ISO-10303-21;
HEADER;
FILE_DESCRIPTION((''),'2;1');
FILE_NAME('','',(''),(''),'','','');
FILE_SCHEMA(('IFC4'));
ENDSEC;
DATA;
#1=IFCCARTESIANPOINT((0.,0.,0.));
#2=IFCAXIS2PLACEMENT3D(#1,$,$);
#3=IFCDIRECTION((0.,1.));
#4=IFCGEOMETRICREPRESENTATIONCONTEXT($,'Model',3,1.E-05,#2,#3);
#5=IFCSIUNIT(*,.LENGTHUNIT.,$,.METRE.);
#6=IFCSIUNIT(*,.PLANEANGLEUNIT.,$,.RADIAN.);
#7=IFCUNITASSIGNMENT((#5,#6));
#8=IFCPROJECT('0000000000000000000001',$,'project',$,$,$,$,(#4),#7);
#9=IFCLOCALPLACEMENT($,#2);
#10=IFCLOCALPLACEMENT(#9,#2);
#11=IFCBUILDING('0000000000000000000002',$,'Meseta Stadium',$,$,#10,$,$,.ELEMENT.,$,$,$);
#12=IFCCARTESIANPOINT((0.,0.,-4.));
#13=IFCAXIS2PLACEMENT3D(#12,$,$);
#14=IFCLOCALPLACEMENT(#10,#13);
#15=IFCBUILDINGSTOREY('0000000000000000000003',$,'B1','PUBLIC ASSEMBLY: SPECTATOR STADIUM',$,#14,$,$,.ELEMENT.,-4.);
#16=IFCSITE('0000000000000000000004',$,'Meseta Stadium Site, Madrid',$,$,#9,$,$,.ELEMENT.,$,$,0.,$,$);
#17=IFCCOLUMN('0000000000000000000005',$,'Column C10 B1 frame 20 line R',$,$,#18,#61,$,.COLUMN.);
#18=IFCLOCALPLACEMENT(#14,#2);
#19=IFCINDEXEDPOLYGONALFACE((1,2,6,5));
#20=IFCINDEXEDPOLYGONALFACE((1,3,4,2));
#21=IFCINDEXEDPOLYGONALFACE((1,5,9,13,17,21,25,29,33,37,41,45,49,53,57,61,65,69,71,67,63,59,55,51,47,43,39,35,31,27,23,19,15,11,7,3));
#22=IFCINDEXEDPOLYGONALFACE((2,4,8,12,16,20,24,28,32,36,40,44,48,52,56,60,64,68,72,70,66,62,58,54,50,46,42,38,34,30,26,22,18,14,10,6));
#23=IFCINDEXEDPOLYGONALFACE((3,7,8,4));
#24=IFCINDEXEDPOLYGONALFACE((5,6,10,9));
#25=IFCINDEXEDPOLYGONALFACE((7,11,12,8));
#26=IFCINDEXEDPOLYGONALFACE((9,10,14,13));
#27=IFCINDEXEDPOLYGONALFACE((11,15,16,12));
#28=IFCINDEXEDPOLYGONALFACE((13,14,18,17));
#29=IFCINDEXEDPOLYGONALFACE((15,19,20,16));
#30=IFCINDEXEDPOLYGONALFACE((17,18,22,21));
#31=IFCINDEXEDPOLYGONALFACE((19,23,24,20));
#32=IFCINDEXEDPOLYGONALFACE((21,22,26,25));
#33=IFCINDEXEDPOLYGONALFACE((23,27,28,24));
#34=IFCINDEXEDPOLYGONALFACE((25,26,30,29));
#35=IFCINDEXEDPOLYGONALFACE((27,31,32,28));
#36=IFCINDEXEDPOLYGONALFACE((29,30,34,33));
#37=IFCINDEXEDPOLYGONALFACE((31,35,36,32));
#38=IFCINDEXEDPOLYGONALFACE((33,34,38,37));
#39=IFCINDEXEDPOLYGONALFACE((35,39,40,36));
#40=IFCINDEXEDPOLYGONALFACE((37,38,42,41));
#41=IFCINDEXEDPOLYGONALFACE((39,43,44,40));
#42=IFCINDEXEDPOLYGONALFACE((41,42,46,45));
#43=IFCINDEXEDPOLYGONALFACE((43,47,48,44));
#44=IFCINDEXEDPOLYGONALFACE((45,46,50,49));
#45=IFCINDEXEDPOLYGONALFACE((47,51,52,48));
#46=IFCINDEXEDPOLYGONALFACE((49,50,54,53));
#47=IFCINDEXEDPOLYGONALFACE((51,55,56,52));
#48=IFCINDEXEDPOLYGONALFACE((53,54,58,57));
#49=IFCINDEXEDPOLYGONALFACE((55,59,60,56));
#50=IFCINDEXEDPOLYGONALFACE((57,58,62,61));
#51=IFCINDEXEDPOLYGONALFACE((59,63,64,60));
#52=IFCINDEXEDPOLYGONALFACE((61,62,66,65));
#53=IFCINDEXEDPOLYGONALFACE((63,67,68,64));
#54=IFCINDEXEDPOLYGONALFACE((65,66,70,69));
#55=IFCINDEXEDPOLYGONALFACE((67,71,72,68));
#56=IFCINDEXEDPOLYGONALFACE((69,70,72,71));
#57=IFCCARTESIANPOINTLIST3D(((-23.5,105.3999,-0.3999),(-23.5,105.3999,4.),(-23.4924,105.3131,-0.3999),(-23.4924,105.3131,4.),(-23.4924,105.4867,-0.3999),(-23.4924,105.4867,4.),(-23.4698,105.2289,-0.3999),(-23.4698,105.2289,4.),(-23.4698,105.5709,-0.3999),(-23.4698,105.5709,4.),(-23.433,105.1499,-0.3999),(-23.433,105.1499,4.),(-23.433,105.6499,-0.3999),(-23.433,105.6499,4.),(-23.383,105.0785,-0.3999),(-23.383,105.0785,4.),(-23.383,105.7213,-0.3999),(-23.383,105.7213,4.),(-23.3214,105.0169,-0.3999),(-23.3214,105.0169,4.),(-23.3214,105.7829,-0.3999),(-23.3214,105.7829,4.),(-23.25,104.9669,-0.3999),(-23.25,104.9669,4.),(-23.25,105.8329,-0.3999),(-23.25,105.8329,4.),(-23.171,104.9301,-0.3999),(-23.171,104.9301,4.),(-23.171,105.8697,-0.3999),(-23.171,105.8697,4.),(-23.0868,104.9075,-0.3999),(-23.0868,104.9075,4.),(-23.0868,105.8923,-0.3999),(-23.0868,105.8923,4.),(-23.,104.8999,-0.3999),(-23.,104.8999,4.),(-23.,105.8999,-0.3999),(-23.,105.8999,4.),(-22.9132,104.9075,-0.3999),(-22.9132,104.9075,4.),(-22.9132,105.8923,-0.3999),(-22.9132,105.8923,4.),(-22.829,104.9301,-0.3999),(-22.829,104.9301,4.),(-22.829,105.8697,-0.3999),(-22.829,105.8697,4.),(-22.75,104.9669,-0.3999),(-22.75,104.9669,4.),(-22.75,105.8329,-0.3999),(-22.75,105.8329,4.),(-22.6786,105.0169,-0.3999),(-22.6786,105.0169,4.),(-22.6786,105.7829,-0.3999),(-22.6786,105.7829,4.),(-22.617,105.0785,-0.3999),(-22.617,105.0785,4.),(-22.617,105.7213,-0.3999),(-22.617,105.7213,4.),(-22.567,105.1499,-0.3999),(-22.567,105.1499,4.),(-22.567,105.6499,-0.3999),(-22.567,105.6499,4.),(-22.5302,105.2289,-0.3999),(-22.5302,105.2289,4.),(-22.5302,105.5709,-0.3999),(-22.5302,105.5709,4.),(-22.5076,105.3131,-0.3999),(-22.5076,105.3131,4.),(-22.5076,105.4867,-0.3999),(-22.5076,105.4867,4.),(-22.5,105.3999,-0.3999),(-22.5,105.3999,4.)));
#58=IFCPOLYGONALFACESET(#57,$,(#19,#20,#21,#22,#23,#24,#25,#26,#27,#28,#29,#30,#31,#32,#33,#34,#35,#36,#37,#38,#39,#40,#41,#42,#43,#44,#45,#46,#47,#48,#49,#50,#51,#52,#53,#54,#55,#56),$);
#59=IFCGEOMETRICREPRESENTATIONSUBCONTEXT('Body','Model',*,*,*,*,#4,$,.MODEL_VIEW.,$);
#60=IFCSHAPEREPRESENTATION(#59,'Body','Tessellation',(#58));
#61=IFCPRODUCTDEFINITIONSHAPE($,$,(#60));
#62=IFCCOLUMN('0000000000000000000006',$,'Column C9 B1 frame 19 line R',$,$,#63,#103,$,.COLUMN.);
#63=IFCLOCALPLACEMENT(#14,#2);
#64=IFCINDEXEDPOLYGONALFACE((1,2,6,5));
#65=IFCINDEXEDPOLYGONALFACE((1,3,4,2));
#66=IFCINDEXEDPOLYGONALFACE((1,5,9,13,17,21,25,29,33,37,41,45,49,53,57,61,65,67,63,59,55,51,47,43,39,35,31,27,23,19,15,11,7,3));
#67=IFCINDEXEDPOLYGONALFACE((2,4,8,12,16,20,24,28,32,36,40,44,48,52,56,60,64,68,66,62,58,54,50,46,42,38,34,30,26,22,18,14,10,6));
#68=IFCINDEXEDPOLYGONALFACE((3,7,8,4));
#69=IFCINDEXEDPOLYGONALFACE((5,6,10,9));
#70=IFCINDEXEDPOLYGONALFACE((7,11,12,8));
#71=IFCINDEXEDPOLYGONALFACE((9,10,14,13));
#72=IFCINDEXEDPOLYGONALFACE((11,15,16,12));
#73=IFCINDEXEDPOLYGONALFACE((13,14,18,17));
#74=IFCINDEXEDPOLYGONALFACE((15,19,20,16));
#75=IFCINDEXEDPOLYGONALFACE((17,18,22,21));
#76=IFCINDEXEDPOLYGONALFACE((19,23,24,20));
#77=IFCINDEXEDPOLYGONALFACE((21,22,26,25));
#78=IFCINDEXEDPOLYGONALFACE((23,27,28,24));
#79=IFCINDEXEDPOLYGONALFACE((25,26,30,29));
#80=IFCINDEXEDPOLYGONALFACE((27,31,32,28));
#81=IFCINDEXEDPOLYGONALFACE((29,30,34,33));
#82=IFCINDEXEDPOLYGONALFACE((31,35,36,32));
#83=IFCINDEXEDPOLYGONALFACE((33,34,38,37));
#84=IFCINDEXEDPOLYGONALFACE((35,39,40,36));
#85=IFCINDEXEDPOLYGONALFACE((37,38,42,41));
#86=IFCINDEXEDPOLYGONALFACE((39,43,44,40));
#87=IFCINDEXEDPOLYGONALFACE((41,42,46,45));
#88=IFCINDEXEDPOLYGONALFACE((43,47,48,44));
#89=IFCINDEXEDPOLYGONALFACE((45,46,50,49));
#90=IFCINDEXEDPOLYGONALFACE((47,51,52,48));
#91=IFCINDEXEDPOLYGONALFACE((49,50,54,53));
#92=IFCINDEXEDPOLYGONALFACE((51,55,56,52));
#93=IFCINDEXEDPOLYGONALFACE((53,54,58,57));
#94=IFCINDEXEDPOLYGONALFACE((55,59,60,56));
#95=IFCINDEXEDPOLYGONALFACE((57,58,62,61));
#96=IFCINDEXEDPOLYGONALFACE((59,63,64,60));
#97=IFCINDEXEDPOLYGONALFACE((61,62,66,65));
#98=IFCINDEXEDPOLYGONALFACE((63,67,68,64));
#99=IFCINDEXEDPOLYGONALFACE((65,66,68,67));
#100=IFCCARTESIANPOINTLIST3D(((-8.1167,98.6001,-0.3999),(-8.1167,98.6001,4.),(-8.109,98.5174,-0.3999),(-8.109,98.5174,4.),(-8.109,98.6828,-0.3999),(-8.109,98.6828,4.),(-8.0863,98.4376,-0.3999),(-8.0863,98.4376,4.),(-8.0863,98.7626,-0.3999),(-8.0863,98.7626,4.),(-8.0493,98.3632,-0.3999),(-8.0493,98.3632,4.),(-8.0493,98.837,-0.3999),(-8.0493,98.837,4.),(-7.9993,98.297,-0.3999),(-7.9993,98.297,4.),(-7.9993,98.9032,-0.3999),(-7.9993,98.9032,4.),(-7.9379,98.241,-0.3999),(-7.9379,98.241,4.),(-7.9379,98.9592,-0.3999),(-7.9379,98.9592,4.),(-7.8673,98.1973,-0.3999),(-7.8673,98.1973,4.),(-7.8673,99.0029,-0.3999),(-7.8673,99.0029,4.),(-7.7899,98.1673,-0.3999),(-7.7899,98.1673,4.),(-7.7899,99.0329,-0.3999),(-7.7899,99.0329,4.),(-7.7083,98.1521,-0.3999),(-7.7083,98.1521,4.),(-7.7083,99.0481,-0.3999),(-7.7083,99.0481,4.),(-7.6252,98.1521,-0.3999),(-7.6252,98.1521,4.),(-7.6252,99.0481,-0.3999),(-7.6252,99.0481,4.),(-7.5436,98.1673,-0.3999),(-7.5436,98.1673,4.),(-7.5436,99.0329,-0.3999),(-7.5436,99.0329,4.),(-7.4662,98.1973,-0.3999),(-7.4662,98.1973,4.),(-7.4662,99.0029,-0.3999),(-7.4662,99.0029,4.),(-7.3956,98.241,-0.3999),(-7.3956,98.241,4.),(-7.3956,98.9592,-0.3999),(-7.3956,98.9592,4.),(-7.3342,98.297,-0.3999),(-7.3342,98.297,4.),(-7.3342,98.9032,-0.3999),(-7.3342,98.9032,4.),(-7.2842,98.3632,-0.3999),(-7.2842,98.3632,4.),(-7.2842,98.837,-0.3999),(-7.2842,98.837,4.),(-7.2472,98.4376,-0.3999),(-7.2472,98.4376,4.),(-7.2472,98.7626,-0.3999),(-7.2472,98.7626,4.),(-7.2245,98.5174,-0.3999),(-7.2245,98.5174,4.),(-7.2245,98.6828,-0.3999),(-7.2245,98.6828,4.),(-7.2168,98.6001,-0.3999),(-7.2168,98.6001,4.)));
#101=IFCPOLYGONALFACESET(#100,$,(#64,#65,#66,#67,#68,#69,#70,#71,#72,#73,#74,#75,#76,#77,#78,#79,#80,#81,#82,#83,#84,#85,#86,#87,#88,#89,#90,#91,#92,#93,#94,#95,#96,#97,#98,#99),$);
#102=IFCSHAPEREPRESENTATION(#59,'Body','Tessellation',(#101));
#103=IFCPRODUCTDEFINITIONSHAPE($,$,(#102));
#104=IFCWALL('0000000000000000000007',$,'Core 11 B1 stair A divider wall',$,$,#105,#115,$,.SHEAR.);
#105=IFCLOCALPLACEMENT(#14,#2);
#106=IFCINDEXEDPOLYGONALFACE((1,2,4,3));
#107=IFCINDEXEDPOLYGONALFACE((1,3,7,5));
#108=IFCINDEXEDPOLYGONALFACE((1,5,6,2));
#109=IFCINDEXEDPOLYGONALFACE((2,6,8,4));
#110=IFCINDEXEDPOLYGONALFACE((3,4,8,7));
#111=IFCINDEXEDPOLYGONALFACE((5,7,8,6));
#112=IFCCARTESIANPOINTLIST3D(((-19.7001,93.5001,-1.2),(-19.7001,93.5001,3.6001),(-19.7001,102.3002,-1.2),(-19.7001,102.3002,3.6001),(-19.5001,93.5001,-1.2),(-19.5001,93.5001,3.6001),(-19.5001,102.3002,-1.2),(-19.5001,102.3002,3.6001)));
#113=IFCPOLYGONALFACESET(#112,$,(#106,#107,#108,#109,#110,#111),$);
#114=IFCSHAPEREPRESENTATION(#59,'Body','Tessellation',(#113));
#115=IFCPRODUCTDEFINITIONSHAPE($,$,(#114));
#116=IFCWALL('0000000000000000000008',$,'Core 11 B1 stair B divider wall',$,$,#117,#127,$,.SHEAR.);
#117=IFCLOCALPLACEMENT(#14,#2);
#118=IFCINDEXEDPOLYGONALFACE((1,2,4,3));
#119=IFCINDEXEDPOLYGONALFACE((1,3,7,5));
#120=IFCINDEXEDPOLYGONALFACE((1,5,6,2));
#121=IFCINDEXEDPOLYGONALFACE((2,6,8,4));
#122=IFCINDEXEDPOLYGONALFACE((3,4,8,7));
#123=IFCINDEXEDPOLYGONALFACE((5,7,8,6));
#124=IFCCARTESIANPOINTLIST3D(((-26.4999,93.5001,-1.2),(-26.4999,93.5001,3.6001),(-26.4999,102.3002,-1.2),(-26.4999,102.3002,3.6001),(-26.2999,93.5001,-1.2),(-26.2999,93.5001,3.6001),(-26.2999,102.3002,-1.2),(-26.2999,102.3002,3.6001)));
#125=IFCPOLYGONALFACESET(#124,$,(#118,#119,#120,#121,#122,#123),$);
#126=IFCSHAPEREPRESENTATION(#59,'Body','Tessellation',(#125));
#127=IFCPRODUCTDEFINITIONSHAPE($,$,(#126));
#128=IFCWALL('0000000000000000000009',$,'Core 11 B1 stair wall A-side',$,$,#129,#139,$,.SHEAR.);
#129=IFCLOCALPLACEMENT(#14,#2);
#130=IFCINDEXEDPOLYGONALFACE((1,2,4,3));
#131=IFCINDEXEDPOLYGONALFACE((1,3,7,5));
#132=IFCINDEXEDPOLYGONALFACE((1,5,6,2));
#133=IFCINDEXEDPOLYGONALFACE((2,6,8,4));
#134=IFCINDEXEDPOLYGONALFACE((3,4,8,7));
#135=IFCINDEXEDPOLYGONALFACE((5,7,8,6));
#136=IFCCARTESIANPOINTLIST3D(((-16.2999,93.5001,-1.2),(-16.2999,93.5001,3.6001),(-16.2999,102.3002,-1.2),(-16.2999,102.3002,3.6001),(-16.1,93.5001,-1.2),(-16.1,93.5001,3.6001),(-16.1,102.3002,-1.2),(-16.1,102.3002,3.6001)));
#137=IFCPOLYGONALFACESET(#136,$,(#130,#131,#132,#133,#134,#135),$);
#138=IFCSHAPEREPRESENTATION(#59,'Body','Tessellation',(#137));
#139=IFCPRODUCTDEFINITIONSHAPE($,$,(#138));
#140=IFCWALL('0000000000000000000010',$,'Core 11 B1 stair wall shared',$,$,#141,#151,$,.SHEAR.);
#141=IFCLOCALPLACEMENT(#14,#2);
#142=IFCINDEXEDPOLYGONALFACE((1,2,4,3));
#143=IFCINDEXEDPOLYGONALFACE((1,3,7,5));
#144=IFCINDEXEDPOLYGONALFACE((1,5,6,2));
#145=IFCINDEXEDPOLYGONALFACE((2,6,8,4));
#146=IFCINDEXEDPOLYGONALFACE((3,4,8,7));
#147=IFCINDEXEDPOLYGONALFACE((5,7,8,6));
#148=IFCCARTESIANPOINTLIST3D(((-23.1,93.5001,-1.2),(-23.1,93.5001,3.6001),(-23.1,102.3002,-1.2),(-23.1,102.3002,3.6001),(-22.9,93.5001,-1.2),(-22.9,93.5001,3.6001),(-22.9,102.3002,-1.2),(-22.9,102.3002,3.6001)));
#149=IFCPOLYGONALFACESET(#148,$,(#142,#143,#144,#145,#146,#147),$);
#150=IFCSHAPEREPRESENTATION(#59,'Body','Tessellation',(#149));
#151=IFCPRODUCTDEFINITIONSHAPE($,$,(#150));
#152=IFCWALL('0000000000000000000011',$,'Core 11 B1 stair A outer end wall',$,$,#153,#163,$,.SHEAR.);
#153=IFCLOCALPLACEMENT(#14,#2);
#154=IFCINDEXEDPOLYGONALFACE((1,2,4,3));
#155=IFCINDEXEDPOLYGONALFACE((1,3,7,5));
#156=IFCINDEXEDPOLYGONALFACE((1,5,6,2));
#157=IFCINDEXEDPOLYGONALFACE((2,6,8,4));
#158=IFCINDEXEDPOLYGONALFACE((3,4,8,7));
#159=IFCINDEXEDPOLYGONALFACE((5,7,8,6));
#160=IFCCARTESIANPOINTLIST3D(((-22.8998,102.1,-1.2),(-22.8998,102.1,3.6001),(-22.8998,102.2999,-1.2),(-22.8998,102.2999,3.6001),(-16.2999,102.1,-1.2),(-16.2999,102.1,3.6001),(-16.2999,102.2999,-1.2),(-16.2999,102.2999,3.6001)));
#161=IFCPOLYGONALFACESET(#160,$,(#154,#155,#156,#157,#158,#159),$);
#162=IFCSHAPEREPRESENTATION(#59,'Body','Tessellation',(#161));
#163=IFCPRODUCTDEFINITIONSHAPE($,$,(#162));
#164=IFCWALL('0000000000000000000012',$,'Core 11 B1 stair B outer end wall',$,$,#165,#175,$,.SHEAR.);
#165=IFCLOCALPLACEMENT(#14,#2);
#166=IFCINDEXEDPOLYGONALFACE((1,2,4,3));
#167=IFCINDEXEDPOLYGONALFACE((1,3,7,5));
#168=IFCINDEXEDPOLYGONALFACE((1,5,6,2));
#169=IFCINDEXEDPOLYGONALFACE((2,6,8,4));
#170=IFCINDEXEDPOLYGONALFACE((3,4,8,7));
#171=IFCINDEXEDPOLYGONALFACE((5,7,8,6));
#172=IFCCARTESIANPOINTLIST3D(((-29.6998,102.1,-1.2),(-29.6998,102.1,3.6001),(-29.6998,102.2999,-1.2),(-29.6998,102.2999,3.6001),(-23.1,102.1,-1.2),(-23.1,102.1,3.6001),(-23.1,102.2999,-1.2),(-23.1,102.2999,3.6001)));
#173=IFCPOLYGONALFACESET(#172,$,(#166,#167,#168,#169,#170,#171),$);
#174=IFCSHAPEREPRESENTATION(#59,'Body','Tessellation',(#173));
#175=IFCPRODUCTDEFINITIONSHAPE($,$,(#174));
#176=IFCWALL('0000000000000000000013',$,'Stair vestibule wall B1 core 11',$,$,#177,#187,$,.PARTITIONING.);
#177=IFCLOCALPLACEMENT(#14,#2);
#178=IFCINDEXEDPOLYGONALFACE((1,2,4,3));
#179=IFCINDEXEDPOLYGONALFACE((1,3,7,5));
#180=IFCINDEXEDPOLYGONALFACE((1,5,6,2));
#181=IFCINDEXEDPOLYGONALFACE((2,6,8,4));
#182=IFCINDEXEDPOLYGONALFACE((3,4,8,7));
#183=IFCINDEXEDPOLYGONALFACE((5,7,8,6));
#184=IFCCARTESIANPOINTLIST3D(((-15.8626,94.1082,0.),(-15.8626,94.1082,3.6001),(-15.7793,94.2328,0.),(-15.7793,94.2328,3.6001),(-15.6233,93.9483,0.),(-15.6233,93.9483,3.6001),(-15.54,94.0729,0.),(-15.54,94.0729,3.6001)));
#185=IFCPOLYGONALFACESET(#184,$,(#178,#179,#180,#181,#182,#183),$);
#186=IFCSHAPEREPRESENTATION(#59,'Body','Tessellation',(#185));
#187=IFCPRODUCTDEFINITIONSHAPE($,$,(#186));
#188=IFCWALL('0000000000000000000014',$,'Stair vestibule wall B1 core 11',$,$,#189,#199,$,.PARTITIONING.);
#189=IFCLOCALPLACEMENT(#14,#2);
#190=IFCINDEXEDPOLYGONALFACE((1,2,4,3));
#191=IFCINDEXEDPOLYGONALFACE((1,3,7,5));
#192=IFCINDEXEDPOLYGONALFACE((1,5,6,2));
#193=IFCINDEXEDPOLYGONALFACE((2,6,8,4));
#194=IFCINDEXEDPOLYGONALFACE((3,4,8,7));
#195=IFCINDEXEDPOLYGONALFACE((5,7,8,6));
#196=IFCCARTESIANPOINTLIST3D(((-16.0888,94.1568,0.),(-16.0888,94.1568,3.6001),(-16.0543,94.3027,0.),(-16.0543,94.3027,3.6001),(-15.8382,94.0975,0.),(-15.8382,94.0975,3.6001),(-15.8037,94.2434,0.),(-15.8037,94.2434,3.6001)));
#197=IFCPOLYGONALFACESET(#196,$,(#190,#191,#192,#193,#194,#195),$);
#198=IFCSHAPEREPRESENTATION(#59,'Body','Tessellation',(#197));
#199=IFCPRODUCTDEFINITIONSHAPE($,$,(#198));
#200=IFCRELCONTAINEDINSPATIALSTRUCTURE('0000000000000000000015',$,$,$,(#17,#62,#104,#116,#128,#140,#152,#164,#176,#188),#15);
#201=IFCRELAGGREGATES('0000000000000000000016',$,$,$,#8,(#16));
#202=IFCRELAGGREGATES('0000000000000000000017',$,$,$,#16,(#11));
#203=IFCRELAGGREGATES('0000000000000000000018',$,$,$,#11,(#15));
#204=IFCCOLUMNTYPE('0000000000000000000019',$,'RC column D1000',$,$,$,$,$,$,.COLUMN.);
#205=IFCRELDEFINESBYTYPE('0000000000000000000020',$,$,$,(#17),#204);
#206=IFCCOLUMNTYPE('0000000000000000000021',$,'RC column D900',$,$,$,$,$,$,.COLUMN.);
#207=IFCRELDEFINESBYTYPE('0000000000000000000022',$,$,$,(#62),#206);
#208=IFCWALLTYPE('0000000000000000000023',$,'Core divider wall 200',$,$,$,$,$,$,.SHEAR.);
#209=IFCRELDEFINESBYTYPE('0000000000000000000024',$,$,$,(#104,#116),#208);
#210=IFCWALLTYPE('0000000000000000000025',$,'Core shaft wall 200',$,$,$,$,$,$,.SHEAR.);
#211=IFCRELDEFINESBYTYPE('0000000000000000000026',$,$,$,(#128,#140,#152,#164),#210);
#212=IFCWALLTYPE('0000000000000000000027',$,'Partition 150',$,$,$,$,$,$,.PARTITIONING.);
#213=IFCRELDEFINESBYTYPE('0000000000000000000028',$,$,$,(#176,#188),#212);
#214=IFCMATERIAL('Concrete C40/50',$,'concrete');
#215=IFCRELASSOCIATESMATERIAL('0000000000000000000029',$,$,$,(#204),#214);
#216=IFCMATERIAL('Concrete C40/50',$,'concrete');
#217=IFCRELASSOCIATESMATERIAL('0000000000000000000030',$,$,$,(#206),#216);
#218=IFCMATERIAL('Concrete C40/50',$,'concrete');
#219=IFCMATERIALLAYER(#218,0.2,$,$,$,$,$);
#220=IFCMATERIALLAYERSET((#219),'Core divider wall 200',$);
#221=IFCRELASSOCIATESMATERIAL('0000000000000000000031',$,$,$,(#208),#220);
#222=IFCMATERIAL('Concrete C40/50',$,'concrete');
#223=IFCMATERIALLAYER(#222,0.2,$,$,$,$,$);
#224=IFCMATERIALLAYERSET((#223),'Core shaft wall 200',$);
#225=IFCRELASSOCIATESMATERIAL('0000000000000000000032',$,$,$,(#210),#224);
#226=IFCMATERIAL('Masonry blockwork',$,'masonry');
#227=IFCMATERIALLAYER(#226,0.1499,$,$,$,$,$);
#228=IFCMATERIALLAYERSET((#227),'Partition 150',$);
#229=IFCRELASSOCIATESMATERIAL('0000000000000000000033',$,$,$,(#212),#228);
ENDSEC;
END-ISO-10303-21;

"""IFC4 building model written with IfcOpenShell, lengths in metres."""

from ifc_helpers import new_model, si_unit, direction, frame, frame_2d, origin, origin_2d, place, context, subcontext, project, spatial, rectangle, circle, extrude, material, layer, layer_set, material_profile, profile_set, type_object, element, save


model = new_model("IFC4")

# Units and contexts
model_context = context("Model", 3, precision=1e-05, world=origin(), true_north=direction((0.0, 1.0)))
body_context = subcontext(model_context, "Body", "Model", "MODEL_VIEW")
ifc_project = project(units=[si_unit("LENGTHUNIT", "METRE"), si_unit("PLANEANGLEUNIT", "RADIAN")], contexts=[model_context])

# Site, building, storey
site_placement = place(None, origin())
site = spatial("IfcSite", under=ifc_project, at=site_placement, Name="Meseta Stadium Site, Madrid", CompositionType="ELEMENT", RefElevation=0.0)
building_placement = place(site_placement, origin())
building = spatial("IfcBuilding", under=site, at=building_placement, Name="Meseta Stadium", CompositionType="ELEMENT")
storey_placement = place(building_placement, frame((0.0, 0.0, -4.0)))
storey = spatial("IfcBuildingStorey", under=building, at=storey_placement, Name="B1", Description="PUBLIC ASSEMBLY: SPECTATOR STADIUM", CompositionType="ELEMENT", Elevation=-4.0)

# Columns
ifc_material_1 = material(Name="Concrete C40/50", Category="concrete")
ifc_material_profile_1 = material_profile(ifc_material_1, circle(Radius=0.5, at=origin_2d()), Name="RC D1000")
ifc_profile_set_1 = profile_set([ifc_material_profile_1], Name="Concrete C40/50")
column_type_1 = type_object("IfcColumnType", Name="RC column D1000", PredefinedType="COLUMN", material=ifc_profile_set_1)
column_1_placement = place(storey_placement, frame((-23.0, 105.3999, -0.3999), z_axis=(0.0, 0.0, 1.0), x_axis=(1.0, 0.0, 0.0)))
element("IfcColumn", 1, at=column_1_placement, inside=storey, type_object=column_type_1, Name="Column C10 B1 frame 20 line R", PredefinedType="COLUMN", context=body_context, shape_type="SweptSolid", body=[
    extrude(circle(Radius=0.5, at=origin_2d()), origin(), (0.0, 0.0, 1.0), 4.3999),
])
ifc_material_2 = material(Name="Concrete C40/50", Category="concrete")
ifc_material_profile_2 = material_profile(ifc_material_2, circle(Radius=0.45, at=origin_2d()), Name="RC D900")
ifc_profile_set_2 = profile_set([ifc_material_profile_2], Name="Concrete C40/50")
column_type_2 = type_object("IfcColumnType", Name="RC column D900", PredefinedType="COLUMN", material=ifc_profile_set_2)
column_2_placement = place(storey_placement, frame((-7.6667, 98.6001, -0.3999), z_axis=(0.0, 0.0, 1.0), x_axis=(1.0, 0.0, 0.0)))
element("IfcColumn", 2, at=column_2_placement, inside=storey, type_object=column_type_2, Name="Column C9 B1 frame 19 line R", PredefinedType="COLUMN", context=body_context, shape_type="SweptSolid", body=[
    extrude(circle(Radius=0.45, at=origin_2d()), origin(), (0.0, 0.0, 1.0), 4.3999),
])

# Walls
ifc_material_3 = material(Name="Concrete C40/50", Category="concrete")
ifc_layer_1 = layer(ifc_material_3, 0.2)
ifc_layer_set_1 = layer_set([ifc_layer_1], Name="Core divider wall 200")
wall_type_1 = type_object("IfcWallType", Name="Core divider wall 200", PredefinedType="SHEAR", material=ifc_layer_set_1)
for number, where, z_axis, x_axis, name in (
    (3, (-19.6001, 102.3, -1.2), (0.0, 0.0, 1.0), (0.0, -1.0, 0.0), "Core 11 B1 stair A divider wall"),
    (4, (-26.3999, 102.3, -1.2), (0.0, 0.0, 1.0), (0.0, -1.0, 0.0), "Core 11 B1 stair B divider wall"),
):
    element("IfcWall", number, at=place(storey_placement, frame(where, z_axis=z_axis, x_axis=x_axis)), inside=storey, type_object=wall_type_1, Name=name, PredefinedType="SHEAR", context=body_context, shape_type="SweptSolid", body=[
        extrude(rectangle(XDim=8.8, YDim=0.2, at=frame_2d((4.3999, 0.0))), origin(), (0.0, 0.0, 1.0), 4.8),
    ])
ifc_material_4 = material(Name="Concrete C40/50", Category="concrete")
ifc_layer_2 = layer(ifc_material_4, 0.2)
ifc_layer_set_2 = layer_set([ifc_layer_2], Name="Core shaft wall 200")
wall_type_2 = type_object("IfcWallType", Name="Core shaft wall 200", PredefinedType="SHEAR", material=ifc_layer_set_2)
for number, where, z_axis, x_axis, name in (
    (5, (-16.2, 102.3, -1.2), (0.0, 0.0, 1.0), (0.0, -1.0, 0.0), "Core 11 B1 stair wall A-side"),
    (6, (-23.0, 102.3, -1.2), (0.0, 0.0, 1.0), (0.0, -1.0, 0.0), "Core 11 B1 stair wall shared"),
):
    element("IfcWall", number, at=place(storey_placement, frame(where, z_axis=z_axis, x_axis=x_axis)), inside=storey, type_object=wall_type_2, Name=name, PredefinedType="SHEAR", context=body_context, shape_type="SweptSolid", body=[
        extrude(rectangle(XDim=8.8, YDim=0.2, at=frame_2d((4.3999, 0.0))), origin(), (0.0, 0.0, 1.0), 4.8),
    ])
for number, where, z_axis, x_axis, name in (
    (7, (-16.3, 102.2, -1.2), (0.0, 0.0, 1.0), (-1.0, 0.0, 0.0), "Core 11 B1 stair A outer end wall"),
    (8, (-23.1001, 102.2, -1.2), (0.0, 0.0, 1.0), (-1.0, 0.0, 0.0), "Core 11 B1 stair B outer end wall"),
):
    element("IfcWall", number, at=place(storey_placement, frame(where, z_axis=z_axis, x_axis=x_axis)), inside=storey, type_object=wall_type_2, Name=name, PredefinedType="SHEAR", context=body_context, shape_type="SweptSolid", body=[
        extrude(rectangle(XDim=6.5999, YDim=0.2, at=frame_2d((3.2998, 0.0))), origin(), (0.0, 0.0, 1.0), 4.8),
    ])
ifc_material_5 = material(Name="Masonry blockwork", Category="masonry")
ifc_layer_3 = layer(ifc_material_5, 0.1499)
ifc_layer_set_3 = layer_set([ifc_layer_3], Name="Partition 150")
wall_type_3 = type_object("IfcWallType", Name="Partition 150", PredefinedType="PARTITIONING", material=ifc_layer_set_3)
wall_1_placement = place(storey_placement, frame((-15.5815, 94.0105, 0.0), z_axis=(0.0, 0.0, 1.0), x_axis=(-0.831397, 0.555679, 0.0)))
element("IfcWall", 9, at=wall_1_placement, inside=storey, type_object=wall_type_3, Name="Stair vestibule wall B1 core 11", PredefinedType="PARTITIONING", context=body_context, shape_type="SweptSolid", body=[
    extrude(rectangle(XDim=0.2878, YDim=0.1499, at=frame_2d((0.144, 0.0))), origin(), (0.0, 0.0, 1.0), 3.6001),
])
wall_2_placement = place(storey_placement, frame((-15.8208, 94.1704, 0.0), z_axis=(0.0, 0.0, 1.0), x_axis=(-0.973131, 0.230254, 0.0)))
element("IfcWall", 10, at=wall_2_placement, inside=storey, type_object=wall_type_3, Name="Stair vestibule wall B1 core 11", PredefinedType="PARTITIONING", context=body_context, shape_type="SweptSolid", body=[
    extrude(rectangle(XDim=0.2576, YDim=0.1499, at=frame_2d((0.1289, 0.0))), origin(), (0.0, 0.0, 1.0), 3.6001),
])

save(model, "model.ifc")
